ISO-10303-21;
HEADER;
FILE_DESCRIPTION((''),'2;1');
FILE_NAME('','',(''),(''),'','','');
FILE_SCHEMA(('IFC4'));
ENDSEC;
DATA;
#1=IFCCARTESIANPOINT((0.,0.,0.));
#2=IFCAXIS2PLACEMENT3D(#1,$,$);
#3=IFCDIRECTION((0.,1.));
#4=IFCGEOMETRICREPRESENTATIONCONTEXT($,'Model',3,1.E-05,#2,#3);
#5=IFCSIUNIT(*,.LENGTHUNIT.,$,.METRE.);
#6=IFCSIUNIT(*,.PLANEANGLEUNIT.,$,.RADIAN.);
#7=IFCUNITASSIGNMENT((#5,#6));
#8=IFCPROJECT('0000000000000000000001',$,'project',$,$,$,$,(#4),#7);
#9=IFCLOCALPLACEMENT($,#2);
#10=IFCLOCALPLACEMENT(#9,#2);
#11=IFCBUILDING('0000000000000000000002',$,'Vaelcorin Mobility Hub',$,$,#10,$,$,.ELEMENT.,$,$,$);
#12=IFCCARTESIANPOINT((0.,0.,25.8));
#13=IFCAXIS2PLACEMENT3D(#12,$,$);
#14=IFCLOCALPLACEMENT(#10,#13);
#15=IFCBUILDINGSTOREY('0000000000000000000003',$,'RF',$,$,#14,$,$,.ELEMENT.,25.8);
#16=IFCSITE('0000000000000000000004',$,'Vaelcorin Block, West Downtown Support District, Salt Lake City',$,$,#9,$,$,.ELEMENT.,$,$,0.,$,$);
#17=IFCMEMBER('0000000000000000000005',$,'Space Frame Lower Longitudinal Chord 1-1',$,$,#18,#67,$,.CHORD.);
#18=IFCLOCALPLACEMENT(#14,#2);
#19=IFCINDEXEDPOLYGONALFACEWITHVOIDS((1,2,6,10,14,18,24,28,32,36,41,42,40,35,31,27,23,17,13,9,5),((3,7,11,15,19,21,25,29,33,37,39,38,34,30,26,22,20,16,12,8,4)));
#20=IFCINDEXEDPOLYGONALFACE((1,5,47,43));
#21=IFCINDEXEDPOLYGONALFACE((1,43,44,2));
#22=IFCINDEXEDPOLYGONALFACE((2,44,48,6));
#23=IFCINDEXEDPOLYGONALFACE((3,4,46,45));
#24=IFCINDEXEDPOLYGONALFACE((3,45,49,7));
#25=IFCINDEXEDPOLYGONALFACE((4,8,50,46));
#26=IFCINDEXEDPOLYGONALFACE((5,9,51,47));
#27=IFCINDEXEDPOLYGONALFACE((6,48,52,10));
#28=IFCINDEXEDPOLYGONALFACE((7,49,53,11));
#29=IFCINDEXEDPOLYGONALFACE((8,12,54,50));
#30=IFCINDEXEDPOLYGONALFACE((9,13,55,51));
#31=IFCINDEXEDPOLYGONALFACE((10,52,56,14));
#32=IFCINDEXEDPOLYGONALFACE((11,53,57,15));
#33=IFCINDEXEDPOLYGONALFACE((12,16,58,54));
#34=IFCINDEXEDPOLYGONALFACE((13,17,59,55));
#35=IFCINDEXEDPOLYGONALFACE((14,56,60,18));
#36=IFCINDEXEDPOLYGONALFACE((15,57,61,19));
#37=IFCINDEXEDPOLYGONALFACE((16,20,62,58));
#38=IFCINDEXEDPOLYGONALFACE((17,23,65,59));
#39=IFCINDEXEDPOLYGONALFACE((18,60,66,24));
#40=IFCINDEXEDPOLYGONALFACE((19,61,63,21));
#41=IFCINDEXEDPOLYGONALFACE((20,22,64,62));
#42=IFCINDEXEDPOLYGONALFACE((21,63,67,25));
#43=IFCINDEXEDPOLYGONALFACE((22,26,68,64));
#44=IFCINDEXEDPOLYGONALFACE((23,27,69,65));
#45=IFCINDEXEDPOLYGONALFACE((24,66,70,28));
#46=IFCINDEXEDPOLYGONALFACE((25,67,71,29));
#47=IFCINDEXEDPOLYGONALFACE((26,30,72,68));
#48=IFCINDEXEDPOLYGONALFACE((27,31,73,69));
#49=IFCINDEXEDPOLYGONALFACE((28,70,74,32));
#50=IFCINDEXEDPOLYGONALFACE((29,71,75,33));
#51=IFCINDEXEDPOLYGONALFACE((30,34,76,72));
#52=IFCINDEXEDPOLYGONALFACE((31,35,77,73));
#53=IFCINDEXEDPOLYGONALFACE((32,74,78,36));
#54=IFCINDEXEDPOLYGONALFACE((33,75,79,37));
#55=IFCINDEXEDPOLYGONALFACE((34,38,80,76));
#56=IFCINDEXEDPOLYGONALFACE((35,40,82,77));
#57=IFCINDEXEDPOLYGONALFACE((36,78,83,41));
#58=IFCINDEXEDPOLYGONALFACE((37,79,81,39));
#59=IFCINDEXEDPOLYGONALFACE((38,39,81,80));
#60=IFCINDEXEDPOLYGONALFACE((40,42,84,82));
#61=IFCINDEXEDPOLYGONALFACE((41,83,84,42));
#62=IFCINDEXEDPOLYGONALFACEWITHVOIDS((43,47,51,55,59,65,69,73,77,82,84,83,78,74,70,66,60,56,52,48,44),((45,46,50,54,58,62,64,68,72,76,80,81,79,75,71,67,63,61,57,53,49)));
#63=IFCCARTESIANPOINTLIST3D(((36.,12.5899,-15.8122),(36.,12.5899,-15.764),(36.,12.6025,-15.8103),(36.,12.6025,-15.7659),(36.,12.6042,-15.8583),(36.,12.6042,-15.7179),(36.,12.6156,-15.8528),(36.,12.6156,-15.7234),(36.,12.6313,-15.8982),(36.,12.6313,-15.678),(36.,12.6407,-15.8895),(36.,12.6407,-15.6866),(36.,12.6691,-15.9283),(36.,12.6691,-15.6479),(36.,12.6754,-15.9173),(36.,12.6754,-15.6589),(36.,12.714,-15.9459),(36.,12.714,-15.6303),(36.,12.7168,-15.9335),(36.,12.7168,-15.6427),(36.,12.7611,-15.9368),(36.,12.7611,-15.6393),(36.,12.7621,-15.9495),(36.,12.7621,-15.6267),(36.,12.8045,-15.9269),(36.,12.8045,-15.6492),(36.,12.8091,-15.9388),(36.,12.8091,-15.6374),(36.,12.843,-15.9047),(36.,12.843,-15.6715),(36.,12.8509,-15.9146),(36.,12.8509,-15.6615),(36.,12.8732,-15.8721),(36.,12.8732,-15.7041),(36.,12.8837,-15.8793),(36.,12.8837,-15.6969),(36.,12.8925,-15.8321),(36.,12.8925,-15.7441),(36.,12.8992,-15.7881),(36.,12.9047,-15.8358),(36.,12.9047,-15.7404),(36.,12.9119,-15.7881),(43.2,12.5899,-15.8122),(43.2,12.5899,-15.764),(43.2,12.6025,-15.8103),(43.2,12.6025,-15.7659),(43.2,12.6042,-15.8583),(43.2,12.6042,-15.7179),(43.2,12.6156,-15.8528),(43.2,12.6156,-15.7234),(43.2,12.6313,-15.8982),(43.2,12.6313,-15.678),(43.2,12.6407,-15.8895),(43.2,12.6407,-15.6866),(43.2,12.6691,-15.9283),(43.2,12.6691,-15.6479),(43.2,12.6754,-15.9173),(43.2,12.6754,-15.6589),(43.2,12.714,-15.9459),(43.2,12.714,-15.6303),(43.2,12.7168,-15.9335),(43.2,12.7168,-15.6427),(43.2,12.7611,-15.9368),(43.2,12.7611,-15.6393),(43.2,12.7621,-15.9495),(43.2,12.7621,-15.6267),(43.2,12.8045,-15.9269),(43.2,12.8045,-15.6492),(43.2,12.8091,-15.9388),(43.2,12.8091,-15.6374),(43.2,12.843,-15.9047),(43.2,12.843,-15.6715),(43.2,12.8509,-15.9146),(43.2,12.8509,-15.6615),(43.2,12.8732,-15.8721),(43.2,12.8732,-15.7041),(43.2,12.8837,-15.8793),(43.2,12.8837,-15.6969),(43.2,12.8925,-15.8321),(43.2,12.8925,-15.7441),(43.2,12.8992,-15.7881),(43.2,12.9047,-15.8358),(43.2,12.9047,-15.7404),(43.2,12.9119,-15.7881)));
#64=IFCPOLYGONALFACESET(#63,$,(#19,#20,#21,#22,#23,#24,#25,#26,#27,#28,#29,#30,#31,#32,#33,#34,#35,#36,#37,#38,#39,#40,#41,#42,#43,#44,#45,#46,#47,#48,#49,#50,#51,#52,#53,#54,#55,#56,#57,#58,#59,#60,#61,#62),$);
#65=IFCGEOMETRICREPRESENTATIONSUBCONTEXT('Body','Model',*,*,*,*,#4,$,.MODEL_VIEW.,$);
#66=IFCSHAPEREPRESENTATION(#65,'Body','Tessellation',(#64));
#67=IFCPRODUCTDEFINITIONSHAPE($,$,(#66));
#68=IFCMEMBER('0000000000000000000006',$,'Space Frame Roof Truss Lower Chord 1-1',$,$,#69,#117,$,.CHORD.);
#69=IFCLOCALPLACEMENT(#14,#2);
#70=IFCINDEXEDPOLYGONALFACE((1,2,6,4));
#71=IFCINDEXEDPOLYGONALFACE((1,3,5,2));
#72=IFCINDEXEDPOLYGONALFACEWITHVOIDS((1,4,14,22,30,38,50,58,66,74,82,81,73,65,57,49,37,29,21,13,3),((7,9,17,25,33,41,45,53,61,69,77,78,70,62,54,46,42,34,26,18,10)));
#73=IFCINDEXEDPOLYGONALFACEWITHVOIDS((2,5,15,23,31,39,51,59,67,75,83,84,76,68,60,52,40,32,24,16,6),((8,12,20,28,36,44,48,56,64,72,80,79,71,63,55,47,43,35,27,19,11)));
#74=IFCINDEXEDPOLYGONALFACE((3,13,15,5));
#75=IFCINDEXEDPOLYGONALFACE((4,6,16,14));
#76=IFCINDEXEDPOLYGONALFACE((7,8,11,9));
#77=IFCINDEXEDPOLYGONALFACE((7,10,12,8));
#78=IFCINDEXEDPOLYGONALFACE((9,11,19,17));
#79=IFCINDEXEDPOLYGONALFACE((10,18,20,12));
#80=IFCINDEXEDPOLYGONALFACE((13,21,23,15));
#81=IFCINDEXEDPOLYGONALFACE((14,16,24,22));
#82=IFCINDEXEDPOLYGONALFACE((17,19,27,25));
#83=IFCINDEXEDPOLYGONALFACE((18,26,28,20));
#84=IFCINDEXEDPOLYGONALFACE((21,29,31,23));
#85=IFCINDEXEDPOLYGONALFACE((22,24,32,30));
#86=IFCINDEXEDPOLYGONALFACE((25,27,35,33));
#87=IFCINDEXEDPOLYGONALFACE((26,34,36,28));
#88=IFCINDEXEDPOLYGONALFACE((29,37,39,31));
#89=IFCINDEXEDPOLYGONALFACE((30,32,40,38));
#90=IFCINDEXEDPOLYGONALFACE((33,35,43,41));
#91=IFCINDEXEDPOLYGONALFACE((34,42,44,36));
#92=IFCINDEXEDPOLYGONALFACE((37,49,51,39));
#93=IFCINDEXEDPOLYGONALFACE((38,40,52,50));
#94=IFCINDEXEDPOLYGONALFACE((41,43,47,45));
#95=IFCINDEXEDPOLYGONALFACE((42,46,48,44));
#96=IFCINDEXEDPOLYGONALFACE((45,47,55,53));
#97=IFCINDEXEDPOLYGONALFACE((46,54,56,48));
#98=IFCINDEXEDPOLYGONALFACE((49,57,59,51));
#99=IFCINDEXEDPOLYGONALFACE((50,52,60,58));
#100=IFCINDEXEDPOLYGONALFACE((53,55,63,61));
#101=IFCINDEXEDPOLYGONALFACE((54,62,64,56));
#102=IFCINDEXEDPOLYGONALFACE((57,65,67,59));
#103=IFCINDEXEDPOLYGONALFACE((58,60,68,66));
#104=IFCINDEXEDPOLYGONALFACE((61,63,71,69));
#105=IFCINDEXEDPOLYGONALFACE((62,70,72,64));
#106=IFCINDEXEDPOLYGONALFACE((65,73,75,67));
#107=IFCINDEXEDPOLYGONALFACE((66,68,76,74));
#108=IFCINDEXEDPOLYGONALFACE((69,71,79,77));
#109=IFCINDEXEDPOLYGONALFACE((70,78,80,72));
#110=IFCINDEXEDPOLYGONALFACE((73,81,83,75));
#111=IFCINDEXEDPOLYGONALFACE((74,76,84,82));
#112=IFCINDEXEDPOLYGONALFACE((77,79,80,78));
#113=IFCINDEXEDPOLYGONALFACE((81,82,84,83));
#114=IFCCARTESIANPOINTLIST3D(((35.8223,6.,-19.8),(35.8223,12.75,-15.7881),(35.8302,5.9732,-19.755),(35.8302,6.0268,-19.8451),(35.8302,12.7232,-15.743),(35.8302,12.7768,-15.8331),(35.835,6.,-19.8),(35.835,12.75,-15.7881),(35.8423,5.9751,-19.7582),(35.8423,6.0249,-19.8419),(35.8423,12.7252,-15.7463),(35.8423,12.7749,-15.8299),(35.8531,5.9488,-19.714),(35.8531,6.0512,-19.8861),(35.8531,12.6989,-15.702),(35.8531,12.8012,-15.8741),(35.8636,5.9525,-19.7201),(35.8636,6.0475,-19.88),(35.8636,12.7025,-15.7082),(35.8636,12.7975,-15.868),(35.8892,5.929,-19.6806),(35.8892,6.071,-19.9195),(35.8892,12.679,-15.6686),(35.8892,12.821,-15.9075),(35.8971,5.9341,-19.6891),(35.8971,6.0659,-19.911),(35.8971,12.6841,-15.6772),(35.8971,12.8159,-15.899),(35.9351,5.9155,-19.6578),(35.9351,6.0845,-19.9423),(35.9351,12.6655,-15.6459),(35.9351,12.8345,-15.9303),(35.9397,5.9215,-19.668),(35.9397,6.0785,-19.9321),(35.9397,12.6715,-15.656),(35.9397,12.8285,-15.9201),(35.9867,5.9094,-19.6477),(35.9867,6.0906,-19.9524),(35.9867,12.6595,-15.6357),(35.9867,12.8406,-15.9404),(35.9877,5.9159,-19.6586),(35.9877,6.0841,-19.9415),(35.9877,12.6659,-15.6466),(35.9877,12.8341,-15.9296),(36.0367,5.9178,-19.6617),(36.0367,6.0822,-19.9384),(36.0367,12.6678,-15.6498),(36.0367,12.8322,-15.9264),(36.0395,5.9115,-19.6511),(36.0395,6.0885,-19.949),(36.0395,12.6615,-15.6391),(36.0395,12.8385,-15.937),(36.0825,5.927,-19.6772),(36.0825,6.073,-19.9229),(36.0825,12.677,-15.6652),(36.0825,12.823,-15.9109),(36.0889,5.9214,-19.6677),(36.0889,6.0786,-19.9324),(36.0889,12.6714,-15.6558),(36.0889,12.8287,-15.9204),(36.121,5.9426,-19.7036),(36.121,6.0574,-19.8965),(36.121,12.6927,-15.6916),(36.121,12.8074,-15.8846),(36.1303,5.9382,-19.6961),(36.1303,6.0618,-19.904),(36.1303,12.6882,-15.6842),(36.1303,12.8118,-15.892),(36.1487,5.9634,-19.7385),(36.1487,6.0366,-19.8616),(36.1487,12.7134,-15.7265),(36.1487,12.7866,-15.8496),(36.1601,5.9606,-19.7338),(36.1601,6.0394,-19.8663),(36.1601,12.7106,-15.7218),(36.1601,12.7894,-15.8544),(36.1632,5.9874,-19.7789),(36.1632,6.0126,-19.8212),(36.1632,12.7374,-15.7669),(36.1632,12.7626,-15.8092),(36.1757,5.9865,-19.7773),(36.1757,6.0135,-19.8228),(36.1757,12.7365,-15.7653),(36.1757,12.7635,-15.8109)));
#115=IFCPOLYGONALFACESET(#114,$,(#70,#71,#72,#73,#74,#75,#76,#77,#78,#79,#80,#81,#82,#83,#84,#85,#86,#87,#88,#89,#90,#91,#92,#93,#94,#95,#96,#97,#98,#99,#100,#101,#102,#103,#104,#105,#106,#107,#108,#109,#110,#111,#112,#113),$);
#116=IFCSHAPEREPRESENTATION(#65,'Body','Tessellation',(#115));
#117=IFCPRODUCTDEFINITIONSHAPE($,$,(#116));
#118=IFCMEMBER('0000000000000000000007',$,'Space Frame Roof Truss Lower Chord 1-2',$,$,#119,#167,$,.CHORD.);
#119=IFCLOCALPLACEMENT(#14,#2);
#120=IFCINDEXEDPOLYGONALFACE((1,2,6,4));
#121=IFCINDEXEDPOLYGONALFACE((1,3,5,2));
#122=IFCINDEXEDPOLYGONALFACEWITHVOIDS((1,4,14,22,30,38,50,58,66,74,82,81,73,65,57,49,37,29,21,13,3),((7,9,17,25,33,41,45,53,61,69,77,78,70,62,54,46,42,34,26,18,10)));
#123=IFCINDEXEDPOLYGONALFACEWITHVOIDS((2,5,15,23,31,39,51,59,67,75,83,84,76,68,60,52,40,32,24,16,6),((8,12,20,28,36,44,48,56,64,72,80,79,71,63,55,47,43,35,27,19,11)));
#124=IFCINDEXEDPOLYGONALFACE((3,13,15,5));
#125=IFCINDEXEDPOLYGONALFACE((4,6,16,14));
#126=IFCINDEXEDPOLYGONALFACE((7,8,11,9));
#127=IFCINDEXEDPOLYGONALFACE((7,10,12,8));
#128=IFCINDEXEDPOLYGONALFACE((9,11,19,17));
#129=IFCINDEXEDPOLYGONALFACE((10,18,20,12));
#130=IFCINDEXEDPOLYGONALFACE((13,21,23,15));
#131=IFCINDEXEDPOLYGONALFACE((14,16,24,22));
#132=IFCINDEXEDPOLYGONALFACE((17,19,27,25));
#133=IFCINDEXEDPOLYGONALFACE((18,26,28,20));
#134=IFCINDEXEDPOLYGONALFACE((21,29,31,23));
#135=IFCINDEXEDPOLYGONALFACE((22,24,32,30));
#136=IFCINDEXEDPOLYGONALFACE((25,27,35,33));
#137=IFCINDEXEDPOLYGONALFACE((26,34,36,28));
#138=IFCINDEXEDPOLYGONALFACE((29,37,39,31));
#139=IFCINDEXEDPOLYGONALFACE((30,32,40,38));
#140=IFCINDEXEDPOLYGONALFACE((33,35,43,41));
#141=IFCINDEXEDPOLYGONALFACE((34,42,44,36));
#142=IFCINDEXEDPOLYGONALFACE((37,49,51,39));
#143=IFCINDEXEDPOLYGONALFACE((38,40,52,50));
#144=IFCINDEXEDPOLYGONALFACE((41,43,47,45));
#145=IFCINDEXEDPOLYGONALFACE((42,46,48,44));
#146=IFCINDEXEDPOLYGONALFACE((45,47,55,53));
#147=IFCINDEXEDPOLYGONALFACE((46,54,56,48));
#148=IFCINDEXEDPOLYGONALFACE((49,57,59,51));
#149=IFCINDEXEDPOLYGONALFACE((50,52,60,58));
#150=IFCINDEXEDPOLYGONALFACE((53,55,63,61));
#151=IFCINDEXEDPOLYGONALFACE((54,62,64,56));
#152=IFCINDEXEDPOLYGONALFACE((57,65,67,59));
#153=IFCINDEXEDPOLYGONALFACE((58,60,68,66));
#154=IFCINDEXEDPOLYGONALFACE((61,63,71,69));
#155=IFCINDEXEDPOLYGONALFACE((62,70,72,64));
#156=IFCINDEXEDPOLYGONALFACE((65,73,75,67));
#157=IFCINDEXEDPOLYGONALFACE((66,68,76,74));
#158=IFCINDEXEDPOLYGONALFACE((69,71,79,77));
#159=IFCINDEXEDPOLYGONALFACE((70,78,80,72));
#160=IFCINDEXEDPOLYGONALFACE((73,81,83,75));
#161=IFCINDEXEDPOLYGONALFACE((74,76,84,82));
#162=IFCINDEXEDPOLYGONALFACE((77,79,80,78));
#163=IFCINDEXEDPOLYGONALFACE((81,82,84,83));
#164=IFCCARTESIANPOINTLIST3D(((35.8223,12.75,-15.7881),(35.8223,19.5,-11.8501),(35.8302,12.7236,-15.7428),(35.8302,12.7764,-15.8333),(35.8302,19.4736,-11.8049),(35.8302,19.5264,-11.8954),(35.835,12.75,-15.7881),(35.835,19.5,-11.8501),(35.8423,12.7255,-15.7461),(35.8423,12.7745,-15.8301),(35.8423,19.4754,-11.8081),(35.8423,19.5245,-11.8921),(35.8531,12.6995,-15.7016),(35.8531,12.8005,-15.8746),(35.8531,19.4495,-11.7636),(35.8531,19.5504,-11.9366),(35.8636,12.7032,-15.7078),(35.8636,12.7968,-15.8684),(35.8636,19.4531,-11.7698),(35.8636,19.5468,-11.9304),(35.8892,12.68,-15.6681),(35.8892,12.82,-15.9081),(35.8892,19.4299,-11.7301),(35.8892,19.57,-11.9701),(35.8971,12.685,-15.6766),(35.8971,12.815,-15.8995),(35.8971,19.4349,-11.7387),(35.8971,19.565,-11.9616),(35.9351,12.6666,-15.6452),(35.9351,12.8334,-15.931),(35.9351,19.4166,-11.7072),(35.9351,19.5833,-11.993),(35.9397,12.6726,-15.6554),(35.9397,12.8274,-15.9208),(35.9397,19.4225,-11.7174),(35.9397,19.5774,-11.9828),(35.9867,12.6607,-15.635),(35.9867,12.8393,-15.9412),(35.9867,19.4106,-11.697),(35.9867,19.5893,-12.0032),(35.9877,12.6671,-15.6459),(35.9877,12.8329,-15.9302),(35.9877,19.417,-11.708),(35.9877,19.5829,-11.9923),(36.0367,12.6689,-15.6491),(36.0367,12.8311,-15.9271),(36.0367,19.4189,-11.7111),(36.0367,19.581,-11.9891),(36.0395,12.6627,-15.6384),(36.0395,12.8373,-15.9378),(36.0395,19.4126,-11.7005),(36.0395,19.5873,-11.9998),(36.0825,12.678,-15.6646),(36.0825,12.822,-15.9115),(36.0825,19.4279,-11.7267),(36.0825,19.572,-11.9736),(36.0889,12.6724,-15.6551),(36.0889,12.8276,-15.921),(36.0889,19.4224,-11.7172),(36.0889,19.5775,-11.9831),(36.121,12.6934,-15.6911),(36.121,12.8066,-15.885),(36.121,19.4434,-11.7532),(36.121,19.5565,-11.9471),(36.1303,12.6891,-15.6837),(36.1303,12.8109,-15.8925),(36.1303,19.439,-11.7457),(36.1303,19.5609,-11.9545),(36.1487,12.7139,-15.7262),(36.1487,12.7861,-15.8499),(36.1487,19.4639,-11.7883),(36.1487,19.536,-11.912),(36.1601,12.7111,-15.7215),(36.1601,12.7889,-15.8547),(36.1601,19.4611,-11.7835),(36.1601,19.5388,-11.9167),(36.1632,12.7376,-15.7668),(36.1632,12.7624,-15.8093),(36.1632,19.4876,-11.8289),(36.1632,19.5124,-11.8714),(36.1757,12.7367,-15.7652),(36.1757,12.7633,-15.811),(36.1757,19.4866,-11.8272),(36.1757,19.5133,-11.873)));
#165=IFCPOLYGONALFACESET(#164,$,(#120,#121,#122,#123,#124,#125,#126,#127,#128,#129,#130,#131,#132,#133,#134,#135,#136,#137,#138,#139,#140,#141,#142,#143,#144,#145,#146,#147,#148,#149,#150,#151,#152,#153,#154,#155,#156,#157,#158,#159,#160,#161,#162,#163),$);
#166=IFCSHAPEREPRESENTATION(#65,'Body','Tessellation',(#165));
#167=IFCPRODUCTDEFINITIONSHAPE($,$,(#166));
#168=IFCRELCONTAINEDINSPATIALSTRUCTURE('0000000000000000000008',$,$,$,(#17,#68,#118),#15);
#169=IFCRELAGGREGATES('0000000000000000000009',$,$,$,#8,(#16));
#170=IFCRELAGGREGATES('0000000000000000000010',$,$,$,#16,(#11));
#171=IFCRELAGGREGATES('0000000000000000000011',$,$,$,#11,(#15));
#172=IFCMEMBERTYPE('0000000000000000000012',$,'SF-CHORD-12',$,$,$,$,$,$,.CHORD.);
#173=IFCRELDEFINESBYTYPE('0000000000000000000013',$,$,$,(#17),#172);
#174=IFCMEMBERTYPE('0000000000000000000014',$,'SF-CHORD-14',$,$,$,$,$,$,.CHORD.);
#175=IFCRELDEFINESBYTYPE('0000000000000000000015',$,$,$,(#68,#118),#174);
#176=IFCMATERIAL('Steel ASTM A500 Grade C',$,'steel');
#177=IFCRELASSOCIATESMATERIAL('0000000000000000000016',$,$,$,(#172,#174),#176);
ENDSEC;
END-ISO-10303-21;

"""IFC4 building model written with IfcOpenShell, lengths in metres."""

from ifc_helpers import new_model, si_unit, direction, frame, origin, origin_2d, place, context, subcontext, project, spatial, hollow_circle, extrude, material, material_profile, profile_set, type_object, element, save


model = new_model("IFC4")

# Units and contexts
model_context = context("Model", 3, precision=1e-05, world=origin(), true_north=direction((0.0, 1.0)))
body_context = subcontext(model_context, "Body", "Model", "MODEL_VIEW")
ifc_project = project(units=[si_unit("LENGTHUNIT", "METRE"), si_unit("PLANEANGLEUNIT", "RADIAN")], contexts=[model_context])

# Site, building, storey
site_placement = place(None, origin())
site = spatial("IfcSite", under=ifc_project, at=site_placement, Name="Vaelcorin Block, West Downtown Support District, Salt Lake City", CompositionType="ELEMENT", RefElevation=0.0)
building_placement = place(site_placement, origin())
building = spatial("IfcBuilding", under=site, at=building_placement, Name="Vaelcorin Mobility Hub", CompositionType="ELEMENT")
storey_placement = place(building_placement, frame((0.0, 0.0, 25.8)))
storey = spatial("IfcBuildingStorey", under=building, at=storey_placement, Name="RF", CompositionType="ELEMENT", Elevation=25.8)

# Members
ifc_material_1 = material(Name="Steel ASTM A500 Grade C", Category="steel")
ifc_material_profile_1 = material_profile(ifc_material_1, hollow_circle(Radius=0.1619, WallThickness=0.0127, at=origin_2d()), Name="HSS12.750X0.500")
ifc_profile_set_1 = profile_set([ifc_material_profile_1], Name="Steel ASTM A500 Grade C")
member_type_1 = type_object("IfcMemberType", Name="SF-CHORD-12", PredefinedType="CHORD", material=ifc_profile_set_1)
member_1_placement = place(storey_placement, frame((36.0, 12.75, -15.7881), z_axis=(1.0, 0.0, 0.0), x_axis=(0.0, 1.0, 0.0)))
element("IfcMember", 1, at=member_1_placement, inside=storey, type_object=member_type_1, Name="Space Frame Lower Longitudinal Chord 1-1", PredefinedType="CHORD", context=body_context, shape_type="SweptSolid", body=[
    extrude(hollow_circle(Radius=0.1619, WallThickness=0.0127, at=origin_2d()), origin(), (0.0, 0.0, 1.0), 7.2),
])
ifc_material_profile_2 = material_profile(ifc_material_1, hollow_circle(Radius=0.1777, WallThickness=0.0127, at=origin_2d()), Name="HSS14.000X0.500")
ifc_profile_set_2 = profile_set([ifc_material_profile_2], Name="Steel ASTM A500 Grade C")
member_type_2 = type_object("IfcMemberType", Name="SF-CHORD-14", PredefinedType="CHORD", material=ifc_profile_set_2)
member_2_placement = place(storey_placement, frame((36.0, 6.0, -19.8), z_axis=(0.0, 0.859623, 0.510929), x_axis=(-1.0, 0.0, 0.0)))
element("IfcMember", 2, at=member_2_placement, inside=storey, type_object=member_type_2, Name="Space Frame Roof Truss Lower Chord 1-1", PredefinedType="CHORD", context=body_context, shape_type="SweptSolid", body=[
    extrude(hollow_circle(Radius=0.1777, WallThickness=0.0127, at=origin_2d()), origin(), (0.0, 0.0, 1.0), 7.8523),
])
member_3_placement = place(storey_placement, frame((36.0, 12.75, -15.7881), z_axis=(0.0, 0.863752, 0.503918), x_axis=(-1.0, 0.0, 0.0)))
element("IfcMember", 3, at=member_3_placement, inside=storey, type_object=member_type_2, Name="Space Frame Roof Truss Lower Chord 1-2", PredefinedType="CHORD", context=body_context, shape_type="SweptSolid", body=[
    extrude(hollow_circle(Radius=0.1777, WallThickness=0.0127, at=origin_2d()), origin(), (0.0, 0.0, 1.0), 7.8147),
])

save(model, "model.ifc")
